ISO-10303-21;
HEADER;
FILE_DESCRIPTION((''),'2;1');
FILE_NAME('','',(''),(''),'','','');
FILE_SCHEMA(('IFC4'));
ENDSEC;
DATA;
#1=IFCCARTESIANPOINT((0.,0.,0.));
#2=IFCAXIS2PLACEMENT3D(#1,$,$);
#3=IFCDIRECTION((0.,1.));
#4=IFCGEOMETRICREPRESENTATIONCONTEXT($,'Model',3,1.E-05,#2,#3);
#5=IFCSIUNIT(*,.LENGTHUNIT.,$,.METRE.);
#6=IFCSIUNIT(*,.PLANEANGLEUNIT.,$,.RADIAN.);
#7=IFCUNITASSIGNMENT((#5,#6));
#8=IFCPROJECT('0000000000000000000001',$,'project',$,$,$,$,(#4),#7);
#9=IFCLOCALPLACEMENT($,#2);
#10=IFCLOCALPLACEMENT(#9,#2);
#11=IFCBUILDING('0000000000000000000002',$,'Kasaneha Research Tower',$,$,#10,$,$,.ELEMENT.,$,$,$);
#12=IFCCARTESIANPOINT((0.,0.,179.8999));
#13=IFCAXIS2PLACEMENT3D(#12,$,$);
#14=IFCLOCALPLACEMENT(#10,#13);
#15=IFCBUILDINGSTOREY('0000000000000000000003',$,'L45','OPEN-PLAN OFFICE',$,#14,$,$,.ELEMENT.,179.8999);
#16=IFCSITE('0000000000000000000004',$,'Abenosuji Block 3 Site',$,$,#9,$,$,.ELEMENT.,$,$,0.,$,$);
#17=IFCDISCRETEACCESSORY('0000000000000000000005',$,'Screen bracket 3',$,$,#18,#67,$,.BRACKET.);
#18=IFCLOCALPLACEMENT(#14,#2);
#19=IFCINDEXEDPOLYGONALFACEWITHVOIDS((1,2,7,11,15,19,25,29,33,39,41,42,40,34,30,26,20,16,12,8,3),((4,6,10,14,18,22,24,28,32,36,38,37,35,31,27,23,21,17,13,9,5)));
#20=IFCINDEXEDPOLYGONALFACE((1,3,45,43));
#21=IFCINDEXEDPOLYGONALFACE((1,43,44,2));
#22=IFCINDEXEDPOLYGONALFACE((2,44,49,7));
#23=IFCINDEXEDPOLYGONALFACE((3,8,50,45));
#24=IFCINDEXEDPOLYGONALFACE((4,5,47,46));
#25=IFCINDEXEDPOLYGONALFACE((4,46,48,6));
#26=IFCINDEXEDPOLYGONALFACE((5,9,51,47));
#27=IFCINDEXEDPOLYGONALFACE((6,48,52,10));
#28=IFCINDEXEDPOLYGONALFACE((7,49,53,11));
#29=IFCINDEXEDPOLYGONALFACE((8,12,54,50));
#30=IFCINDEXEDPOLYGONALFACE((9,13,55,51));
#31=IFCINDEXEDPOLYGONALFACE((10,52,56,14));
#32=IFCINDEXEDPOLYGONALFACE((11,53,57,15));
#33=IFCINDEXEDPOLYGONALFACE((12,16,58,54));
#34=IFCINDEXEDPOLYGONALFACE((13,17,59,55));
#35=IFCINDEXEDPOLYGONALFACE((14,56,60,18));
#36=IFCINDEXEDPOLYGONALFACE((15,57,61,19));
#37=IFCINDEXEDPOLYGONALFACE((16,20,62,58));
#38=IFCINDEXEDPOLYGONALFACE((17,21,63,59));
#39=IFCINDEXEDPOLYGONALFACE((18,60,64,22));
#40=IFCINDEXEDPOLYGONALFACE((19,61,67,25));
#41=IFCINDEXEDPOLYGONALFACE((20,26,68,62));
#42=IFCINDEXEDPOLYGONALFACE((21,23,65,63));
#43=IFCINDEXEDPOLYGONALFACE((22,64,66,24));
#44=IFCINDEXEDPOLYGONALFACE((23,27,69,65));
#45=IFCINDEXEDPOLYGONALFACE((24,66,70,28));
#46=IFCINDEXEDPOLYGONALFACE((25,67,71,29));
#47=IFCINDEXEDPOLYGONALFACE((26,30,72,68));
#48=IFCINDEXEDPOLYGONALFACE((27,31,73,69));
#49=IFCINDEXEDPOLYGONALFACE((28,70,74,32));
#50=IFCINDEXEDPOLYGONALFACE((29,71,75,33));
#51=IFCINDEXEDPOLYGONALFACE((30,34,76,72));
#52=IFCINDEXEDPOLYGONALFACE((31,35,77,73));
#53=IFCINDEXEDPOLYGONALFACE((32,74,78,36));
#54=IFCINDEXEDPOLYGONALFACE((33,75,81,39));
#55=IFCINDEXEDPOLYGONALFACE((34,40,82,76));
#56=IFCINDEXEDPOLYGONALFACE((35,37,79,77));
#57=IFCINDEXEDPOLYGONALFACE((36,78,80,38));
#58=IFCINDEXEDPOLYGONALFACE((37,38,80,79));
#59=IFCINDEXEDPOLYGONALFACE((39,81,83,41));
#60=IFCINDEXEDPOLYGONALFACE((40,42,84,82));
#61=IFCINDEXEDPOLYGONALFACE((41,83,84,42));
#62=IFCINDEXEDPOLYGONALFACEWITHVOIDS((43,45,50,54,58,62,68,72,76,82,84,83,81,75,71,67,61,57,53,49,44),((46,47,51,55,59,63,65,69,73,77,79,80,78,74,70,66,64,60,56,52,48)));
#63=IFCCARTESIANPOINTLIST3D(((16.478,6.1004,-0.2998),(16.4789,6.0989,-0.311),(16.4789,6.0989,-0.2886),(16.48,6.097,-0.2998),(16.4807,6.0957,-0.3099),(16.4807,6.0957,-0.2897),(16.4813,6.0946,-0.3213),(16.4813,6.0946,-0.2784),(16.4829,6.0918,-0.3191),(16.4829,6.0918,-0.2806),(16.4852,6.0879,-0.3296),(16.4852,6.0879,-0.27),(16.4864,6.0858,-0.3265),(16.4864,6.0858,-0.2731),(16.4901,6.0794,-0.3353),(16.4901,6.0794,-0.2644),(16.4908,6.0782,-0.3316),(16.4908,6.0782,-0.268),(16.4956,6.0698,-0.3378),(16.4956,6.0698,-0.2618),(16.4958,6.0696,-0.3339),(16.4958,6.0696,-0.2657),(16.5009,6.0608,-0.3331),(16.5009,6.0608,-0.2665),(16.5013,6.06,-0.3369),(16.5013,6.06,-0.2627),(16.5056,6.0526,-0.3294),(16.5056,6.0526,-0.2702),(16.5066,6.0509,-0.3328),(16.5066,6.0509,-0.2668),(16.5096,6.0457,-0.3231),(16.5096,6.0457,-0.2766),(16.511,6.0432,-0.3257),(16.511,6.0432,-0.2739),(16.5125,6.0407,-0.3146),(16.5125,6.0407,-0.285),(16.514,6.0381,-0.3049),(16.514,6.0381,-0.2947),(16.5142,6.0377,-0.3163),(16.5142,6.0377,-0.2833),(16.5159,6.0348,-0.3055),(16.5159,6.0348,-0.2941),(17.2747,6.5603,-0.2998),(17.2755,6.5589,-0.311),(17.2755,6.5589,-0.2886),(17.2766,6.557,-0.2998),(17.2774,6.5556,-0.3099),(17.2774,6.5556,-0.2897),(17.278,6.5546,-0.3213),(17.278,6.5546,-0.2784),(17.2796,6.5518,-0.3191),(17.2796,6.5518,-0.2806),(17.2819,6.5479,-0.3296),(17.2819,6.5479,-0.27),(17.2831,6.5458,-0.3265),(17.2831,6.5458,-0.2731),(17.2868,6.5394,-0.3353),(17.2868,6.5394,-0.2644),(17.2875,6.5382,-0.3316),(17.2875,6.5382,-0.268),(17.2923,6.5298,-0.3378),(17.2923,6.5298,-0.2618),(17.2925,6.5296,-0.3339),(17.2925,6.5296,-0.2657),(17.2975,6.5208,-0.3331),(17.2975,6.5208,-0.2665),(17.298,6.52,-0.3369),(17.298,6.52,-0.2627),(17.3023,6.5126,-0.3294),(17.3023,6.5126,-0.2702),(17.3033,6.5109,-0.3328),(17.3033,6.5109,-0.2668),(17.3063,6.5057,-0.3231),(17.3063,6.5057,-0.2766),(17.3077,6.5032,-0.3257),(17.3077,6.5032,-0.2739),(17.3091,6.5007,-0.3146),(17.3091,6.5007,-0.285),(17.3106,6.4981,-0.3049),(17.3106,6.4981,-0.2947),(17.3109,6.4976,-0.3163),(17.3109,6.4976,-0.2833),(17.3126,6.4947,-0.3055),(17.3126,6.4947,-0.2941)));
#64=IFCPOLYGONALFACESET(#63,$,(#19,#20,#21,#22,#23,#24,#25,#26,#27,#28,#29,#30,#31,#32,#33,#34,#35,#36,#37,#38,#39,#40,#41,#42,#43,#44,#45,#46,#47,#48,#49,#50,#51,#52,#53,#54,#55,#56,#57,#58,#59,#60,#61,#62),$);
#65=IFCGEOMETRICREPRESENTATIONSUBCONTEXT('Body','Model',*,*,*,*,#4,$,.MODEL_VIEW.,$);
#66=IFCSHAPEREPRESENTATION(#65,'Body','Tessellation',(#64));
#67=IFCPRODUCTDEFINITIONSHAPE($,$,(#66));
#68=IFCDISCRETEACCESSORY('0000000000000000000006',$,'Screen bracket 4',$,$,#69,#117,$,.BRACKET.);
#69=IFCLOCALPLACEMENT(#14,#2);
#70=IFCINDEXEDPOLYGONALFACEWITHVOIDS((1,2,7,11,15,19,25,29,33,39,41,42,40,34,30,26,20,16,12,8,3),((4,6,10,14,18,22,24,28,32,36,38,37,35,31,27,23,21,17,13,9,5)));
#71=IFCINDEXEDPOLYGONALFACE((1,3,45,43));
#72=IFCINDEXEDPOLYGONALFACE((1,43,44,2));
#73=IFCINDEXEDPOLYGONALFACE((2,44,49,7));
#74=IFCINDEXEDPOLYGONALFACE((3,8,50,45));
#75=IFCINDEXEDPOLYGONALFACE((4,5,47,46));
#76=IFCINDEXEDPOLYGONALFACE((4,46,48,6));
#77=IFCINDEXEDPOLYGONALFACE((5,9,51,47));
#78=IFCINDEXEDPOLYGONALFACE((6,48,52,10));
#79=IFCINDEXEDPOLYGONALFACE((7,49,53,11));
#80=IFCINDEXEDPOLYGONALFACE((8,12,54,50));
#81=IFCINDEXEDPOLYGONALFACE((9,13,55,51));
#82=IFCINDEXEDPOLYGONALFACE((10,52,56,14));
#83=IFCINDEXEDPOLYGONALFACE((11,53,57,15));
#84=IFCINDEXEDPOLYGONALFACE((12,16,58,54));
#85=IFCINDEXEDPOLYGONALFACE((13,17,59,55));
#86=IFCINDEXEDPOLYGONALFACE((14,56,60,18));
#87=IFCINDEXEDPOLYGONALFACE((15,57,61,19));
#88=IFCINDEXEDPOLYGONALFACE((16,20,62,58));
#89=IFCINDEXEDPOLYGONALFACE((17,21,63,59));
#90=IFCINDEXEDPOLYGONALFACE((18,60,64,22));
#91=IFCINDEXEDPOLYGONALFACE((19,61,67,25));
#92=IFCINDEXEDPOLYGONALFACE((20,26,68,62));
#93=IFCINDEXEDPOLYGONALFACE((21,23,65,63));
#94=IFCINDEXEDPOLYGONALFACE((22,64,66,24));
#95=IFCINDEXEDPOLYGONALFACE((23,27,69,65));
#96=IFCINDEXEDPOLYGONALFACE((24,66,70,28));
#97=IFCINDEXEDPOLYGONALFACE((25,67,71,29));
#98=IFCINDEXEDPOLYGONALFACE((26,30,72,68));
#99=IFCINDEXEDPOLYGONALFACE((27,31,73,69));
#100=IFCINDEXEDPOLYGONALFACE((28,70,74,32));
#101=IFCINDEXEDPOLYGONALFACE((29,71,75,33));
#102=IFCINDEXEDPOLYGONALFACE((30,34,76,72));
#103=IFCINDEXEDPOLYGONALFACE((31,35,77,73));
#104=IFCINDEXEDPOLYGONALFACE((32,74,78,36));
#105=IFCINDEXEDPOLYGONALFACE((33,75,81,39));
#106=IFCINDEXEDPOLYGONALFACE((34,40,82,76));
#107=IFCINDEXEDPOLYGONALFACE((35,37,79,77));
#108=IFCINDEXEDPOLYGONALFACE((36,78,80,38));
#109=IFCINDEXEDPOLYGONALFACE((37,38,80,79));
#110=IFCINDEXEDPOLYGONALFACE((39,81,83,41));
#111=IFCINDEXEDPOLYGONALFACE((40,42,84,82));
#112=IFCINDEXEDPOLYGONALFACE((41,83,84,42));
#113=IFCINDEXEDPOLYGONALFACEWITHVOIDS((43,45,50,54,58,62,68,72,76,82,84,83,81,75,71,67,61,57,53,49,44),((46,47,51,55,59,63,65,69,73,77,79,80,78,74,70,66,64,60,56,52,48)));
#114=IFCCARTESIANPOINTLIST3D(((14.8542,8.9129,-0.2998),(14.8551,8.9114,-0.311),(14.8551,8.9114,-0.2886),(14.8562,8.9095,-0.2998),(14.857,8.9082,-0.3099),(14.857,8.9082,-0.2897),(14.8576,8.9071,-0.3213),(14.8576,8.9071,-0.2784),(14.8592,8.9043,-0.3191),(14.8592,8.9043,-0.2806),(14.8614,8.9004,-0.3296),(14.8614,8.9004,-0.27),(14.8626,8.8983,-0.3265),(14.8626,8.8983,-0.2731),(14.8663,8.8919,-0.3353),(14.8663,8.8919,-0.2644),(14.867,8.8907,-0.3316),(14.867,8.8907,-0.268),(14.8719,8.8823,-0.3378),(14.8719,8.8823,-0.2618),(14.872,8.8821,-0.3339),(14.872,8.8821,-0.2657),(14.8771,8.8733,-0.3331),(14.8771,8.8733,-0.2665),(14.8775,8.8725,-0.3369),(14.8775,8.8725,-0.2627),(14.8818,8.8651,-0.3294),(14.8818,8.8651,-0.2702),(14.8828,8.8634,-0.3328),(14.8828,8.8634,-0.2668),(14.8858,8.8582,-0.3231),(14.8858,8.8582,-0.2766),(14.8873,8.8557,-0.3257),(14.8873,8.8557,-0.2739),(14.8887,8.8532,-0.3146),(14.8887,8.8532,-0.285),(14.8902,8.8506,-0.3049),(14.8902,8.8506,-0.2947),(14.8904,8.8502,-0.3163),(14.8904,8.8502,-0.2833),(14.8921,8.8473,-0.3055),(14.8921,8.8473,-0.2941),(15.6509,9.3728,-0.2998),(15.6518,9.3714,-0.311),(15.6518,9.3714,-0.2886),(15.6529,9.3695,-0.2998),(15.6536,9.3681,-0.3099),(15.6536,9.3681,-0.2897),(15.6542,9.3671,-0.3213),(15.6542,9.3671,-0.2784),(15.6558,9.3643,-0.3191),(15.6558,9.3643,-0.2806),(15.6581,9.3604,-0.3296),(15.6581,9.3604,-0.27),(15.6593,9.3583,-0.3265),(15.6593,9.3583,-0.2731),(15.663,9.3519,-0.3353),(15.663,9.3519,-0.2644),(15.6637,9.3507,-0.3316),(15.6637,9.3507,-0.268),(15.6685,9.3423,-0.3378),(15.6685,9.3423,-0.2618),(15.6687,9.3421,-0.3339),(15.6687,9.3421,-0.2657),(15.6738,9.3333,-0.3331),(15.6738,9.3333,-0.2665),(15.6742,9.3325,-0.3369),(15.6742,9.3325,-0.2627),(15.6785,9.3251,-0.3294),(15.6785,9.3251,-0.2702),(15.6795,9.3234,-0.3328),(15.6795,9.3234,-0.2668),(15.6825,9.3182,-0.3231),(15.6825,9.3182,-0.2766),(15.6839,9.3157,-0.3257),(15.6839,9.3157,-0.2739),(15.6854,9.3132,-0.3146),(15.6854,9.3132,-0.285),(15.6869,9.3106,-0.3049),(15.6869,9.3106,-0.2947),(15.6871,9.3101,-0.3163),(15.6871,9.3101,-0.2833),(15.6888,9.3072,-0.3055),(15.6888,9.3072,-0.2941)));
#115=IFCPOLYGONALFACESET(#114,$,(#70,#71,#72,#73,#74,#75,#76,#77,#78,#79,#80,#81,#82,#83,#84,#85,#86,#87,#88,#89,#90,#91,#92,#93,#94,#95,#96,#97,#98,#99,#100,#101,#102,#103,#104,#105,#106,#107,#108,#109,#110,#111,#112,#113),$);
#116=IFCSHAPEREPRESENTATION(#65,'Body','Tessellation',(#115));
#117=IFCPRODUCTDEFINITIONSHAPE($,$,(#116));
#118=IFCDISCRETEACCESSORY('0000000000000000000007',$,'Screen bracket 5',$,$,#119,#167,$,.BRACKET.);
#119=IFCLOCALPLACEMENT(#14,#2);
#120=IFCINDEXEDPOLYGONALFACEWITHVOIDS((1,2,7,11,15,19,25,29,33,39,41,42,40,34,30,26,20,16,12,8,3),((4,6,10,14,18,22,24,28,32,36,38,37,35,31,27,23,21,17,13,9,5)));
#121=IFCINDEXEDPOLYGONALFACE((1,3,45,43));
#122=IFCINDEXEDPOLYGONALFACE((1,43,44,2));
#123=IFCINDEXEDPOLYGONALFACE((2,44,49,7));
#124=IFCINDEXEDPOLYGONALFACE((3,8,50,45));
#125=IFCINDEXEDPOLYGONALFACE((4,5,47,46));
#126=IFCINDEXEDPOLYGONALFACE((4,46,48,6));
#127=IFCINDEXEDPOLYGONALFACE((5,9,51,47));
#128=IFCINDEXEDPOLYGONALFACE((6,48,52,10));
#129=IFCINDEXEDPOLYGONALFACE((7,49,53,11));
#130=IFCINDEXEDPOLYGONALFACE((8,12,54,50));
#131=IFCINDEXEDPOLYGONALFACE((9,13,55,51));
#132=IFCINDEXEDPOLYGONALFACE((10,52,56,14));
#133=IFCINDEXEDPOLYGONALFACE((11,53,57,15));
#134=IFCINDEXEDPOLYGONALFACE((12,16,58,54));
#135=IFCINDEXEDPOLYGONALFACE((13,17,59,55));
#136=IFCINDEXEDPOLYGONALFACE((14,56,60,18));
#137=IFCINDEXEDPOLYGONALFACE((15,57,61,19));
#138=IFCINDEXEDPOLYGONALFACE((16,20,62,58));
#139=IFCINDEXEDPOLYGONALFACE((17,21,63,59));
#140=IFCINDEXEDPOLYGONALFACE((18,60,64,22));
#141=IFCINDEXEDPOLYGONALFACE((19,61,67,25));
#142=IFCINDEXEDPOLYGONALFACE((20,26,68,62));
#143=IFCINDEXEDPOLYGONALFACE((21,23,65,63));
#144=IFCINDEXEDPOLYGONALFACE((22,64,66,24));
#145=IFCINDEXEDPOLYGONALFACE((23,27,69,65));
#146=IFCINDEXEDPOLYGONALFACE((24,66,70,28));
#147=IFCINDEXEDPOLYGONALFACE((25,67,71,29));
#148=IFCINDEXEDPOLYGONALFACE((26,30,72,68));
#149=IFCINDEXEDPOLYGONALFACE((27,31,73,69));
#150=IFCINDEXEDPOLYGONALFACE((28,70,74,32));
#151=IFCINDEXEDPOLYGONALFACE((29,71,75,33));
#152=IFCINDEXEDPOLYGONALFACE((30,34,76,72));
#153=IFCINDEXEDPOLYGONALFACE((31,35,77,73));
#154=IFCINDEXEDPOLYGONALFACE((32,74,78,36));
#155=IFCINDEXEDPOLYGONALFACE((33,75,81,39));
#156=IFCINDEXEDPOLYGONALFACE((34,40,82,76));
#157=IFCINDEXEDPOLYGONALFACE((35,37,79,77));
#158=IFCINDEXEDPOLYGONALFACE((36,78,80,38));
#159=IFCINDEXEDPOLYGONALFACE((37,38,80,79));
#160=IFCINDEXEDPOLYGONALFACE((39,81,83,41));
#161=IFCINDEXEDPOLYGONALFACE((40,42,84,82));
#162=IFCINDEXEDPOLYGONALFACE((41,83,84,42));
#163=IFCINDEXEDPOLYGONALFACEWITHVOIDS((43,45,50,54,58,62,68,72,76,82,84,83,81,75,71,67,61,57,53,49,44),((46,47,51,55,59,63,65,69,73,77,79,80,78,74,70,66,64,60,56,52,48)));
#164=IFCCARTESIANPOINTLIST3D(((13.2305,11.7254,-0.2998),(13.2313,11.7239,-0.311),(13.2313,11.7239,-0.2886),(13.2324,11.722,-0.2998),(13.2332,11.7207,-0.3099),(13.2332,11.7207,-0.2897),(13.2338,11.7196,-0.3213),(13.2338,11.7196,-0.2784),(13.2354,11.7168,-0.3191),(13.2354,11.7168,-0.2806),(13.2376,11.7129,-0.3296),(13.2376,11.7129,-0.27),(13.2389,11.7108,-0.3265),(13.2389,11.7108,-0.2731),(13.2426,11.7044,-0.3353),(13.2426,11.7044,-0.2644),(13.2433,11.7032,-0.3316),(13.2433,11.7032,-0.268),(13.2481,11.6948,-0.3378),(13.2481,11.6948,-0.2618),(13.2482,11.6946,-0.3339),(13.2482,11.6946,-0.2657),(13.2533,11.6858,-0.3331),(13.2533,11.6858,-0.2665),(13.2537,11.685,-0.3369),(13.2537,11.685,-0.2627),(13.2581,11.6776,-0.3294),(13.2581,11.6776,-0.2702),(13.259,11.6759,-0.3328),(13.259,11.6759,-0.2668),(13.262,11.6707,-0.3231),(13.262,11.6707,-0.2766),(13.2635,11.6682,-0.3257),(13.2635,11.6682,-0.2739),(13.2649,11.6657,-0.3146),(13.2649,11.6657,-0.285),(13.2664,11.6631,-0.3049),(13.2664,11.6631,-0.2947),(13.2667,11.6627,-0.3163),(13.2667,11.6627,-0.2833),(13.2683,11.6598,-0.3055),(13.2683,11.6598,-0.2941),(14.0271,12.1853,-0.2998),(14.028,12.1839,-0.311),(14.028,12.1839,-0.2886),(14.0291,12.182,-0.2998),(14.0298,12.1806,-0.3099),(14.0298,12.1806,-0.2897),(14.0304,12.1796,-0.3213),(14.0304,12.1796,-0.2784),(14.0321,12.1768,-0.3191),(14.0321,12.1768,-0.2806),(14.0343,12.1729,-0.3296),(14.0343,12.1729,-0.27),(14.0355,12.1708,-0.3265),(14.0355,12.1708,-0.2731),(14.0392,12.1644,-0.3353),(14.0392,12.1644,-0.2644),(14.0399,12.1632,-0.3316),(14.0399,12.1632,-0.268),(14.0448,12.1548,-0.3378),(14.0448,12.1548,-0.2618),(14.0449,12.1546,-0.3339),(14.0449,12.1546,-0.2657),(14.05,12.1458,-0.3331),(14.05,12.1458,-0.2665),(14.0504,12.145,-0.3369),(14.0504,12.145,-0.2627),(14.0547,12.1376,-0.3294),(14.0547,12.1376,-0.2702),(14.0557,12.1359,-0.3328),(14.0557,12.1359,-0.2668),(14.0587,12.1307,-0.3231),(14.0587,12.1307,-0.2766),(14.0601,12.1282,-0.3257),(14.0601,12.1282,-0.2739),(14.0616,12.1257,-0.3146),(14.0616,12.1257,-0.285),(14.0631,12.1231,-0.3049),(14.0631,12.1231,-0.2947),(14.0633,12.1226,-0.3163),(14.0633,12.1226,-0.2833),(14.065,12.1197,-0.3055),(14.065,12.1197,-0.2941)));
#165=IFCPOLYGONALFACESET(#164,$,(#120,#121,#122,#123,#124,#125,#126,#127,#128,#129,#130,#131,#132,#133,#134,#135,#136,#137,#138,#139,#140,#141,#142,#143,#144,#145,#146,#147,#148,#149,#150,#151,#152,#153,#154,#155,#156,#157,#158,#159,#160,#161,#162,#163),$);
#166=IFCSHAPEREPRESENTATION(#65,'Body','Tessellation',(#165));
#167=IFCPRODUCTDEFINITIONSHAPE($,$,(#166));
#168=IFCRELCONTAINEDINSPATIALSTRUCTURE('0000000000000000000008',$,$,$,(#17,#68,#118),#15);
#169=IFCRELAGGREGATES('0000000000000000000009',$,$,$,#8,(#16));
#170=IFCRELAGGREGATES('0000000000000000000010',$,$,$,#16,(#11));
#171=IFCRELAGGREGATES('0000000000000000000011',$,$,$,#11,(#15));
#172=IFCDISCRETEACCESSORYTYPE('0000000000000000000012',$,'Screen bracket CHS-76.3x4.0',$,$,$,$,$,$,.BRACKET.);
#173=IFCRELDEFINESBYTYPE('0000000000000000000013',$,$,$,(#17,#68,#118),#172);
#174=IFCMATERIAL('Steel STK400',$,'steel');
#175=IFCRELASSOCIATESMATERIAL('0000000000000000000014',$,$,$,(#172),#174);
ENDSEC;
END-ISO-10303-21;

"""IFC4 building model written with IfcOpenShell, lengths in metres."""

from ifc_helpers import new_model, si_unit, direction, frame, origin, origin_2d, place, context, subcontext, project, spatial, hollow_circle, extrude, material, material_profile, profile_set, type_object, element, save


model = new_model("IFC4")

# Units and contexts
model_context = context("Model", 3, precision=1e-05, world=origin(), true_north=direction((0.0, 1.0)))
body_context = subcontext(model_context, "Body", "Model", "MODEL_VIEW")
ifc_project = project(units=[si_unit("LENGTHUNIT", "METRE"), si_unit("PLANEANGLEUNIT", "RADIAN")], contexts=[model_context])

# Site, building, storey
site_placement = place(None, origin())
site = spatial("IfcSite", under=ifc_project, at=site_placement, Name="Abenosuji Block 3 Site", CompositionType="ELEMENT", RefElevation=0.0)
building_placement = place(site_placement, origin())
building = spatial("IfcBuilding", under=site, at=building_placement, Name="Kasaneha Research Tower", CompositionType="ELEMENT")
storey_placement = place(building_placement, frame((0.0, 0.0, 179.8999)))
storey = spatial("IfcBuildingStorey", under=building, at=storey_placement, Name="L45", Description="OPEN-PLAN OFFICE", CompositionType="ELEMENT", Elevation=179.8999)

# Discrete accessories
ifc_material_1 = material(Name="Steel STK400", Category="steel")
ifc_material_profile_1 = material_profile(ifc_material_1, hollow_circle(Radius=0.0381, WallThickness=0.0039, at=origin_2d()), Name="CHS-76.3x4.0")
ifc_profile_set_1 = profile_set([ifc_material_profile_1], Name="Steel STK400")
discrete_accessory_type = type_object("IfcDiscreteAccessoryType", Name="Screen bracket CHS-76.3x4.0", PredefinedType="BRACKET", material=ifc_profile_set_1)
for number, where, z_axis, x_axis, name in (
    (1, (16.4971, 6.0674, -0.2998), (0.866013, 0.500021, 0.0), (-0.500021, 0.866013, 0.0), "Screen bracket 3"),
    (2, (14.8733, 8.8799, -0.2998), (0.866013, 0.500021, 0.0), (-0.500021, 0.866013, 0.0), "Screen bracket 4"),
    (3, (13.2495, 11.6924, -0.2998), (0.866013, 0.500021, 0.0), (-0.500021, 0.866013, 0.0), "Screen bracket 5"),
):
    element("IfcDiscreteAccessory", number, at=place(storey_placement, frame(where, z_axis=z_axis, x_axis=x_axis)), inside=storey, type_object=discrete_accessory_type, Name=name, PredefinedType="BRACKET", context=body_context, shape_type="SweptSolid", body=[
        extrude(hollow_circle(Radius=0.0381, WallThickness=0.0039, at=origin_2d()), origin(), (0.0, 0.0, 1.0), 0.9199),
    ])

save(model, "model.ifc")
